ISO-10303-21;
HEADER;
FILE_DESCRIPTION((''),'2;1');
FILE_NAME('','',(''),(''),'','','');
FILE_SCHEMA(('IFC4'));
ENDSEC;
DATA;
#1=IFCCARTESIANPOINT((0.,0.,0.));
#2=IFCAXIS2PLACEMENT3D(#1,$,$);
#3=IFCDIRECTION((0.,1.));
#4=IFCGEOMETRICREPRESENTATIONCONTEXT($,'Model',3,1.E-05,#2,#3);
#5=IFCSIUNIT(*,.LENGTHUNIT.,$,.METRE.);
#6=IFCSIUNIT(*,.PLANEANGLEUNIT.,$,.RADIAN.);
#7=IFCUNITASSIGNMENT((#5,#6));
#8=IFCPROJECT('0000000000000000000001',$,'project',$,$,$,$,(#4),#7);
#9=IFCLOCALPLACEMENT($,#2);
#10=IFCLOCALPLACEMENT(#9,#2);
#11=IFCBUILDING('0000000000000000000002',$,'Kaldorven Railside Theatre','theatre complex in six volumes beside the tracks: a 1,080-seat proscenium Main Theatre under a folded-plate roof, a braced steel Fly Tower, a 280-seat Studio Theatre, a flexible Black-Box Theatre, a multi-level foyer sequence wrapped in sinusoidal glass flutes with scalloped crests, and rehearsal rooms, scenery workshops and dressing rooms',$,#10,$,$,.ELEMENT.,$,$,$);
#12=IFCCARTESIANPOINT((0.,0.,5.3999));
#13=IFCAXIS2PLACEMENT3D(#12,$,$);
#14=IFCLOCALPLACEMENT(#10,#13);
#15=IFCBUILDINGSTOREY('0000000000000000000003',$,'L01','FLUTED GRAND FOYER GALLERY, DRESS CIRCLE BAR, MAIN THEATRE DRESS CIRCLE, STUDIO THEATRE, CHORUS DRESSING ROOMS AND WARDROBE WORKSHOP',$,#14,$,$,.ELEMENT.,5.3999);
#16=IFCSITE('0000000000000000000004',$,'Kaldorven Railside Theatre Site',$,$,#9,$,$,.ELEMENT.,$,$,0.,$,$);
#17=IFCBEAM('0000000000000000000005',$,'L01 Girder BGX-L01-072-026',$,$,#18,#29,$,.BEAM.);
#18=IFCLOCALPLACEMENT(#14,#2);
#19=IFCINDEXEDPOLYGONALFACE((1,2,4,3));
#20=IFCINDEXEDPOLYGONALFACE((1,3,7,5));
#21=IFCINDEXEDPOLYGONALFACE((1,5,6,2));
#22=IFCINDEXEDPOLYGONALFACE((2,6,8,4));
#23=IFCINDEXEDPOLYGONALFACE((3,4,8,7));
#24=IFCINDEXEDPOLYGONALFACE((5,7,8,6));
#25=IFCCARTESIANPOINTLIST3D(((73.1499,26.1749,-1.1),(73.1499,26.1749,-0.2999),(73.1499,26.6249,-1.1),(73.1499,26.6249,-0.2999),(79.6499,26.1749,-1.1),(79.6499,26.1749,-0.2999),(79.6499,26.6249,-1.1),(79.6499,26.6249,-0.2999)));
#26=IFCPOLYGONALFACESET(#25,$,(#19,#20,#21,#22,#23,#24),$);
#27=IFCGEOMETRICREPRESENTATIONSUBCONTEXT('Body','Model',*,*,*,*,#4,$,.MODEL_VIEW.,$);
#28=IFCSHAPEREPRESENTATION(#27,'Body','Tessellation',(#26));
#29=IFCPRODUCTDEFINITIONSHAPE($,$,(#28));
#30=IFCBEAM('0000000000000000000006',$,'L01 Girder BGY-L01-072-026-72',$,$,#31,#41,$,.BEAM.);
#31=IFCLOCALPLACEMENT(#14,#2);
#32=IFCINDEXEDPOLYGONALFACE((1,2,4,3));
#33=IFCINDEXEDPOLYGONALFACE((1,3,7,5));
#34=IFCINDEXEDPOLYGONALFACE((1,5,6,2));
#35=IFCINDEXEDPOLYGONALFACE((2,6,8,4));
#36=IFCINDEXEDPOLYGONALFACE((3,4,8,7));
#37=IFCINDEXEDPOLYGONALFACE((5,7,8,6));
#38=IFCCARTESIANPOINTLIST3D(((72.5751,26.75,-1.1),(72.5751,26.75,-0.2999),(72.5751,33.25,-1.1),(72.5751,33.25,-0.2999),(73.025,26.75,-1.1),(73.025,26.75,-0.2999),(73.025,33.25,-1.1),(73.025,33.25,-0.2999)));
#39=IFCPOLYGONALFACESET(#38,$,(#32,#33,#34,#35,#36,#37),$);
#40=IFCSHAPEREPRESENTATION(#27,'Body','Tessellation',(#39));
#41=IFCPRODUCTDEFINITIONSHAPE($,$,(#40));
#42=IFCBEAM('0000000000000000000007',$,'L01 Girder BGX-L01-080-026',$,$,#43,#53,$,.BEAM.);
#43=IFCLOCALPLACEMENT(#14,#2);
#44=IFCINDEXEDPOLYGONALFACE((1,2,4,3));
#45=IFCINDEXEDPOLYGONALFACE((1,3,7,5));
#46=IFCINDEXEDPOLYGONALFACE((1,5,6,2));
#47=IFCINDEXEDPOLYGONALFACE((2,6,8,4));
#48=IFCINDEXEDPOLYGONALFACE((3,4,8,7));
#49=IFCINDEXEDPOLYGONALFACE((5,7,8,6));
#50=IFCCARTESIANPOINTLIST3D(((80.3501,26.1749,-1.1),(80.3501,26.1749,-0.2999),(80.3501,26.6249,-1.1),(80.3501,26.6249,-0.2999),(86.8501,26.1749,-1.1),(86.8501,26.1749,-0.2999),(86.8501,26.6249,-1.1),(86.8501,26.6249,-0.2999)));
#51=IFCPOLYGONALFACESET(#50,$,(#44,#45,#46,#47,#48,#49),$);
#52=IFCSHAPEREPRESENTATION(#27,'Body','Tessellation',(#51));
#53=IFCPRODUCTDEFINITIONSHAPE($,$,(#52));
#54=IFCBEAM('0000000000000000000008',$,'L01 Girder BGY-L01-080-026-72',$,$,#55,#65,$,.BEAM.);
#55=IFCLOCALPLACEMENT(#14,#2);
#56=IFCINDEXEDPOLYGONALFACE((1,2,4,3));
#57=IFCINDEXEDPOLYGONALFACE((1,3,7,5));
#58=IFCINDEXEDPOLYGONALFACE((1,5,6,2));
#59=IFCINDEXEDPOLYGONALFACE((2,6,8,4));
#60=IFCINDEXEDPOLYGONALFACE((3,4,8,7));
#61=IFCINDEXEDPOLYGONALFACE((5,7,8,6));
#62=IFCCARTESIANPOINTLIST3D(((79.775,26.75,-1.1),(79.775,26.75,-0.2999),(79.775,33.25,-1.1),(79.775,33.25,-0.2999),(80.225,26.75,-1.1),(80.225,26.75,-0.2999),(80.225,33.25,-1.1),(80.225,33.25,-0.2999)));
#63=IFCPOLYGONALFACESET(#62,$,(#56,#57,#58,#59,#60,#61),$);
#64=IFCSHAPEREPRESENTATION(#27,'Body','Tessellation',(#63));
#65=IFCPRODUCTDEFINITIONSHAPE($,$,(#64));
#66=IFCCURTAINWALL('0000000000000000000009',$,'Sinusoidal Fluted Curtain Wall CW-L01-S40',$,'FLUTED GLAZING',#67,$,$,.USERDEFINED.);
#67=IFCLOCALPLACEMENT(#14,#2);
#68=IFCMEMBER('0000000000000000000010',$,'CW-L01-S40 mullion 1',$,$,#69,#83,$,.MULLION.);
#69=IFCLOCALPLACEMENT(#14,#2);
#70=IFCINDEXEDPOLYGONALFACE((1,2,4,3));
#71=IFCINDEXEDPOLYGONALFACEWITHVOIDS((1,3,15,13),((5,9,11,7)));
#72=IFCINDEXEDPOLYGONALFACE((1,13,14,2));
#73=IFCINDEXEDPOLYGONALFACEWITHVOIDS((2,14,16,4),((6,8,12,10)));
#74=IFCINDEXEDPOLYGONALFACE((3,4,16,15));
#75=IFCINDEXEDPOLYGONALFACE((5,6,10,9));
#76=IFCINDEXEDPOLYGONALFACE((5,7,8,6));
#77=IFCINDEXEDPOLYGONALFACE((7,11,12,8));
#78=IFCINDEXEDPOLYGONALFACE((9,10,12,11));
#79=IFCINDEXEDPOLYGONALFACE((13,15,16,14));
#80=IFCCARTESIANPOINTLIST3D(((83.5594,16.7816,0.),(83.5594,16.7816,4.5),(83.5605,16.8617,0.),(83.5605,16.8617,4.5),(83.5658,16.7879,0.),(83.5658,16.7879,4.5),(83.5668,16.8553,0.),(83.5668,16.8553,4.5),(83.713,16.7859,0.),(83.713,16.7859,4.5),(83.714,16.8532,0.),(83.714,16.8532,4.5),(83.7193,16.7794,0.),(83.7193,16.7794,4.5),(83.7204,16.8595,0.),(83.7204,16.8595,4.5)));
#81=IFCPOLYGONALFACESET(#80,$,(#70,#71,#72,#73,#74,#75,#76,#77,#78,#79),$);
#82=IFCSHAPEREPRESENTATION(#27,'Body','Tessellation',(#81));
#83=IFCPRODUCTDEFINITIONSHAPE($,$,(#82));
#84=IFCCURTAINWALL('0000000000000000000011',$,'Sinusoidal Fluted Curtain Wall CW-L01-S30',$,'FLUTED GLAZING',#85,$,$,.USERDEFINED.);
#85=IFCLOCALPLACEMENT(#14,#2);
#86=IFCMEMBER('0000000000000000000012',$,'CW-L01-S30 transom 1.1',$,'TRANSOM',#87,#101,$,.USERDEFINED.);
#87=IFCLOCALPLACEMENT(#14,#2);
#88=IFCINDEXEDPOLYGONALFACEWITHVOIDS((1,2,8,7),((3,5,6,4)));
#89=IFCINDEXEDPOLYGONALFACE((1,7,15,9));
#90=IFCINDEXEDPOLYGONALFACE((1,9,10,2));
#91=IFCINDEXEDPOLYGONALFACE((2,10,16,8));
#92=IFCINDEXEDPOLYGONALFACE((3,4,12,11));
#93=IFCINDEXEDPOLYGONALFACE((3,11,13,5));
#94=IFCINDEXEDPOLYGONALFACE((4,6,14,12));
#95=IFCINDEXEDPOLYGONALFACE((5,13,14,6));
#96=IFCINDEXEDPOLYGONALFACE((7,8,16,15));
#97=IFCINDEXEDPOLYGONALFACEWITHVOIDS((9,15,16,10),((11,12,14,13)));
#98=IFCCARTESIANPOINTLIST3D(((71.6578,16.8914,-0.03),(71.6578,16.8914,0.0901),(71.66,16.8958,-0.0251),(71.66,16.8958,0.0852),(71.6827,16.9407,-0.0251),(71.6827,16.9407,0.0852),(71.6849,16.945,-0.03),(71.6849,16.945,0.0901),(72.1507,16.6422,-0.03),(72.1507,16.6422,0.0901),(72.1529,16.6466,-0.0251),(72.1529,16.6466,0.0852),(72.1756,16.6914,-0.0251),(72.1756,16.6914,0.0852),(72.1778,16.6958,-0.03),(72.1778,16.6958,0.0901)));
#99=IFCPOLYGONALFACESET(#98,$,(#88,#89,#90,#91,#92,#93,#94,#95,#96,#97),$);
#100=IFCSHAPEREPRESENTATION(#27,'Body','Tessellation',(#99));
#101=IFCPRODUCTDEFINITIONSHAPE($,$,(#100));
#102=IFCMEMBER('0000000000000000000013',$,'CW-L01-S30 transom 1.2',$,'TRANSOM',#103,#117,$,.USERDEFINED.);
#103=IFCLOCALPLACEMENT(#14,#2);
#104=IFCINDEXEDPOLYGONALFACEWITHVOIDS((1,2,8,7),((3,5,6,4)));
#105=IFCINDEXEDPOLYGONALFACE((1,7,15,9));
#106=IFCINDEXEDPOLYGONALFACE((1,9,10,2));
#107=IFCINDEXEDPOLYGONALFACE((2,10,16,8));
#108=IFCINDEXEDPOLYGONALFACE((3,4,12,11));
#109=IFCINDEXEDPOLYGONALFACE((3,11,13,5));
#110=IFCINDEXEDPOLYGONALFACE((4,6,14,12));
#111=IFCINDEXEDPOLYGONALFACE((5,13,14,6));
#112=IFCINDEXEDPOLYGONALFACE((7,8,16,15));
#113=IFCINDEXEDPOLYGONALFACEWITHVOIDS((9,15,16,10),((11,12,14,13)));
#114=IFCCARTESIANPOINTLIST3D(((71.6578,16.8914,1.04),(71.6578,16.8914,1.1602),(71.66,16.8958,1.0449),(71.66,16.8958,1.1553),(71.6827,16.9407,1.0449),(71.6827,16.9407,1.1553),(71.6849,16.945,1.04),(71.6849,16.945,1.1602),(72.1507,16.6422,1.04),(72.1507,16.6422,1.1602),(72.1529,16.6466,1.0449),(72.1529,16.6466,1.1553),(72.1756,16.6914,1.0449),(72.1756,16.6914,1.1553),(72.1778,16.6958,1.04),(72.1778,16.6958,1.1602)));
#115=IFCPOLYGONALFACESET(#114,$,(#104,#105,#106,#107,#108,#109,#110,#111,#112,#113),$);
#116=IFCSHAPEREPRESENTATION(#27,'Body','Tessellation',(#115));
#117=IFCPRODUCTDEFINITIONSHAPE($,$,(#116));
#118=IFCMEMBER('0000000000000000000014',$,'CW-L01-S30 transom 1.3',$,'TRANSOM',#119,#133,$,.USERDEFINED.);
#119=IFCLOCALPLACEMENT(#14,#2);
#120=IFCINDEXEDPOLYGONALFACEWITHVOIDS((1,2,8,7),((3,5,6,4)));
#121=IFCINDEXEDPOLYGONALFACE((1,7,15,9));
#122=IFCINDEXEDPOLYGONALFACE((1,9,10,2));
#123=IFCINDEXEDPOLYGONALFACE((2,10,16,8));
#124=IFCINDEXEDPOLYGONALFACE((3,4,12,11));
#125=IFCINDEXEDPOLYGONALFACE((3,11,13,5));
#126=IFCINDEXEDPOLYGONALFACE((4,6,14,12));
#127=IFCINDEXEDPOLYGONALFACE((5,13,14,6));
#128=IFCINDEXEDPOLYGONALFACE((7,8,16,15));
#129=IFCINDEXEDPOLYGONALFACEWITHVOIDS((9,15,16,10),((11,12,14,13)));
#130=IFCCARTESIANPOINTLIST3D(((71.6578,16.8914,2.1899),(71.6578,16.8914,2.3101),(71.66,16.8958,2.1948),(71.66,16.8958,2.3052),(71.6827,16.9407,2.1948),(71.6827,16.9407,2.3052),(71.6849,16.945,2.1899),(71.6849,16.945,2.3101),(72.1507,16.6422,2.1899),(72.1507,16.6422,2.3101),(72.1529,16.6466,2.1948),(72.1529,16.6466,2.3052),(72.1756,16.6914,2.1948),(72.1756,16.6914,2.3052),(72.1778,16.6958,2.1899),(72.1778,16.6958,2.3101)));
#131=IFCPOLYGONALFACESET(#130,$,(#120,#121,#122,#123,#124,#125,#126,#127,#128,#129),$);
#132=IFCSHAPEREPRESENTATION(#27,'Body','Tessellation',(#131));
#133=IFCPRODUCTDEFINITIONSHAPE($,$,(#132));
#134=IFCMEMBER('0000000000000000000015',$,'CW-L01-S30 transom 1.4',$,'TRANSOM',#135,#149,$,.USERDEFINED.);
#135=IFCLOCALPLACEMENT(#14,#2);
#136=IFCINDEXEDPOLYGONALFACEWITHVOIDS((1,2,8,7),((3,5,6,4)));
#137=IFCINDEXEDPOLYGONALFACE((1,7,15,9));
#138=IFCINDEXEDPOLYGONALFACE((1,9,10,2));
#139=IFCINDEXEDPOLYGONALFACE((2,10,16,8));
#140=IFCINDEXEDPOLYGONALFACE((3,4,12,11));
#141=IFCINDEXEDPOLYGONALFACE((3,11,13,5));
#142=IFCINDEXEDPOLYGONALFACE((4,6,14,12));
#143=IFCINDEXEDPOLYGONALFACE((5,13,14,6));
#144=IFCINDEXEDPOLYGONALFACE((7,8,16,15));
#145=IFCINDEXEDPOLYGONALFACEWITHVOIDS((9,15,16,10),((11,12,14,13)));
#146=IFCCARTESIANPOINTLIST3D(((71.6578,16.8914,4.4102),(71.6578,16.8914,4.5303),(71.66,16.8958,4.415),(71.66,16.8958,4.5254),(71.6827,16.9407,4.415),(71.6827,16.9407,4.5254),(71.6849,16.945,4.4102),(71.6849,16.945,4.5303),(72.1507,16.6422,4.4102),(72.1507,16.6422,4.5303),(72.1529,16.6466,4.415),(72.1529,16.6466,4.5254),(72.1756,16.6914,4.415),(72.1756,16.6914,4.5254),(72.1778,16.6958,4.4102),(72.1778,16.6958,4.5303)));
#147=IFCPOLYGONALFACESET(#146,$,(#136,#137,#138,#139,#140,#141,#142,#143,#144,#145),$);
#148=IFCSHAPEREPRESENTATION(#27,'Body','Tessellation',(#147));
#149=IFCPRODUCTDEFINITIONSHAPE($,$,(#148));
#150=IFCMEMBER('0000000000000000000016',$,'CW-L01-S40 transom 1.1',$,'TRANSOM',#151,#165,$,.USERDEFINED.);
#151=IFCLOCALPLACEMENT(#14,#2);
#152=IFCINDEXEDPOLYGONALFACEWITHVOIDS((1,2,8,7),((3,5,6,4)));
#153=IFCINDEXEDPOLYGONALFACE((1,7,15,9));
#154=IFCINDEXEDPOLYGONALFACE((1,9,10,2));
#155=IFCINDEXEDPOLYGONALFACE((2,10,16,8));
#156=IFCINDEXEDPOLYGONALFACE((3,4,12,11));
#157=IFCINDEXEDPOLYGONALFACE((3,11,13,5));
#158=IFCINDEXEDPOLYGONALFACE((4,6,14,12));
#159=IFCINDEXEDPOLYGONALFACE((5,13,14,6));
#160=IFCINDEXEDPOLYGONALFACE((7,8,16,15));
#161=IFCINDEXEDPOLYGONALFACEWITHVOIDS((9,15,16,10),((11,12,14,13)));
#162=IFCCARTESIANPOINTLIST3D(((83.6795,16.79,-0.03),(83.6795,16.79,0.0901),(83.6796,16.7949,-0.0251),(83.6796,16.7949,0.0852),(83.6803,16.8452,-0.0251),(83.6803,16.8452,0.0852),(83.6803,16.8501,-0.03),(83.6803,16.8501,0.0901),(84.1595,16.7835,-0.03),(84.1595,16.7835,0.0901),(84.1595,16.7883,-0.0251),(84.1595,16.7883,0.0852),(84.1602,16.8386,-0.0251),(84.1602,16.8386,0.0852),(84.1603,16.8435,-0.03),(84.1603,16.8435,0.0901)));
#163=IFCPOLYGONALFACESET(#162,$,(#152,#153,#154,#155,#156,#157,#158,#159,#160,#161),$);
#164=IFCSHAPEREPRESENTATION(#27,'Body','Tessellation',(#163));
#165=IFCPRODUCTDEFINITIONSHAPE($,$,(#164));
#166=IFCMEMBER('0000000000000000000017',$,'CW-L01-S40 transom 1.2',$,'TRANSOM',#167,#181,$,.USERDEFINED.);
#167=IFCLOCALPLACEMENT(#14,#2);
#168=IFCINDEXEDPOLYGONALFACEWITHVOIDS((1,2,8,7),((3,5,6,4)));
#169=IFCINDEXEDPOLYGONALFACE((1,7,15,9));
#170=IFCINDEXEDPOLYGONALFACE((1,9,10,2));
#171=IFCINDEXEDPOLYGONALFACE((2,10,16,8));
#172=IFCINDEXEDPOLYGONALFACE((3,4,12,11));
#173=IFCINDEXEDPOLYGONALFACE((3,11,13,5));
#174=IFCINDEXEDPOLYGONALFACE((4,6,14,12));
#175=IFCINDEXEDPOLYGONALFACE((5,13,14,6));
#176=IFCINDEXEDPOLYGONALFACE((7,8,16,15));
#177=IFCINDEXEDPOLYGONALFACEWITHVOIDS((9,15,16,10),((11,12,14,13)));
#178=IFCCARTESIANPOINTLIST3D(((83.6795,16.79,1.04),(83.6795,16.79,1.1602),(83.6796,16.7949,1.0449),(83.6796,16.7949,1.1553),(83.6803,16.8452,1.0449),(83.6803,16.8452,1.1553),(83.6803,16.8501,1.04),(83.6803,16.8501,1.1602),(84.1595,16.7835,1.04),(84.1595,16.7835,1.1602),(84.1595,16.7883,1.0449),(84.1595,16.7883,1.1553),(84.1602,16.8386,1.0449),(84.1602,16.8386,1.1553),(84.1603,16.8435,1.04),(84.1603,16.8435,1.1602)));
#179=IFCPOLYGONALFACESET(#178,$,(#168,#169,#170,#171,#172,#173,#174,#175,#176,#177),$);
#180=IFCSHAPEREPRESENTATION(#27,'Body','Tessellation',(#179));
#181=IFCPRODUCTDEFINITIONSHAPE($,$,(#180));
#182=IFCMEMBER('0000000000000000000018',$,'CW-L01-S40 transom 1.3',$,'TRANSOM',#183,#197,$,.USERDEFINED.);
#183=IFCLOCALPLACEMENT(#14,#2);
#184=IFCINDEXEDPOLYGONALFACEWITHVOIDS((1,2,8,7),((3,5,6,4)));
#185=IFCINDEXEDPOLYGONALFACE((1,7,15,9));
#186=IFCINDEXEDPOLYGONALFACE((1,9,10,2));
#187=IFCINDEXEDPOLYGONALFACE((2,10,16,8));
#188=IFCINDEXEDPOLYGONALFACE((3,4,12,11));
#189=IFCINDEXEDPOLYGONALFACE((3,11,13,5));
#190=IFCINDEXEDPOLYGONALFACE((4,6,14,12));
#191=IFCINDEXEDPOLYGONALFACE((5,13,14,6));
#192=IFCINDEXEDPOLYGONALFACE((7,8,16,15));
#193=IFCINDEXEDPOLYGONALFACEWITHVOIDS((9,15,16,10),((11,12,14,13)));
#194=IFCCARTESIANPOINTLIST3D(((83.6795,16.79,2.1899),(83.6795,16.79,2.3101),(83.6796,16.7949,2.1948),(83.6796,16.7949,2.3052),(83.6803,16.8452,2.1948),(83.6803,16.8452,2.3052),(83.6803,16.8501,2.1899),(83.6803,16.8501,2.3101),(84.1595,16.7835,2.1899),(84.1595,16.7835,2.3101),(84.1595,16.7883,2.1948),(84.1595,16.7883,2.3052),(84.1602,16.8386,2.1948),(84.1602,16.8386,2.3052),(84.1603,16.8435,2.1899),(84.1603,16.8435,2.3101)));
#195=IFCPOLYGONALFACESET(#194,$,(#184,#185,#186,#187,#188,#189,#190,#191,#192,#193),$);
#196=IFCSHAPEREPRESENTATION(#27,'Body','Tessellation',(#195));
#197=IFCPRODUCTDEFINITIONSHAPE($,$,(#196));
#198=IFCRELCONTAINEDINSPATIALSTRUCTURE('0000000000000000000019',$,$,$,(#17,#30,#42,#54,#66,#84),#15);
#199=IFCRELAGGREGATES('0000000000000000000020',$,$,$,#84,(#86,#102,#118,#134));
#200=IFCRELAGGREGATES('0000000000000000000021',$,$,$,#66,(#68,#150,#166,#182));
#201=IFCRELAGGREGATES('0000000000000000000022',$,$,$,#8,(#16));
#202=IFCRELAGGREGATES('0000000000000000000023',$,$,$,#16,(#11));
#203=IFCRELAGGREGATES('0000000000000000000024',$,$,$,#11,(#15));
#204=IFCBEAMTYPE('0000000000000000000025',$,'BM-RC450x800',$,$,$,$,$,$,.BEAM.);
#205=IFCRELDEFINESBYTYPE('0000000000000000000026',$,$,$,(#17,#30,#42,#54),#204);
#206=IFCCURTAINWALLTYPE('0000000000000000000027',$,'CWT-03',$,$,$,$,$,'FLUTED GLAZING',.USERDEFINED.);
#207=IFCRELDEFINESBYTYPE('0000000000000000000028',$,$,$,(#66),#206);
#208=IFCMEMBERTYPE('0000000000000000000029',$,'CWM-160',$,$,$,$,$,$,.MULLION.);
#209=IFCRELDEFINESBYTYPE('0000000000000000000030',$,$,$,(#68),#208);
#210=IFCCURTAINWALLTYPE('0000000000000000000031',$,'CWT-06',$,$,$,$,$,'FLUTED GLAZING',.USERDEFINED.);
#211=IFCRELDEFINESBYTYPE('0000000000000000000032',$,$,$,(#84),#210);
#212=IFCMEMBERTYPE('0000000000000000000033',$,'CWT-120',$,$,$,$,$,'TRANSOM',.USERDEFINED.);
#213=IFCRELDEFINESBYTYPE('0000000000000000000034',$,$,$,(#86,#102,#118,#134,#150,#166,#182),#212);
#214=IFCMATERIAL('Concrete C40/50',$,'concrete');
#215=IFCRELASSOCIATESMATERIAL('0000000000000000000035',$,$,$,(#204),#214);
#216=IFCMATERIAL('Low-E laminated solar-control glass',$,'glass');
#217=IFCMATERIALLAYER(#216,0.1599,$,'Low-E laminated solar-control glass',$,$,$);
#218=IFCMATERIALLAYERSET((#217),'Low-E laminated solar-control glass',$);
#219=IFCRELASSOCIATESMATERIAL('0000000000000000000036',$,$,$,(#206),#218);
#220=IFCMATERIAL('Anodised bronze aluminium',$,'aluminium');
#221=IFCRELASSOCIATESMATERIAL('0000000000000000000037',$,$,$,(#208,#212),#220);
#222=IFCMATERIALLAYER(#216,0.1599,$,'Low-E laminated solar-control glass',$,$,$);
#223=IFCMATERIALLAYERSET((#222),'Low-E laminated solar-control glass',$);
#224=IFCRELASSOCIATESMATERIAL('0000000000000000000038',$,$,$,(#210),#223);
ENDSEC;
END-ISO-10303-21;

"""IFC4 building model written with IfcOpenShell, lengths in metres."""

from ifc_helpers import new_model, si_unit, direction, frame, origin, origin_2d, place, context, subcontext, project, spatial, rectangle, hollow_rectangle, extrude, material, layer, layer_set, material_profile, profile_set, type_object, element, aggregate, save


model = new_model("IFC4")

# Units and contexts
model_context = context("Model", 3, precision=1e-05, world=origin(), true_north=direction((0.0, 1.0)))
body_context = subcontext(model_context, "Body", "Model", "MODEL_VIEW")
ifc_project = project(units=[si_unit("LENGTHUNIT", "METRE"), si_unit("PLANEANGLEUNIT", "RADIAN")], contexts=[model_context])

# Site, building, storey
site_placement = place(None, origin())
site = spatial("IfcSite", under=ifc_project, at=site_placement, Name="Kaldorven Railside Theatre Site", CompositionType="ELEMENT", RefElevation=0.0)
building_placement = place(site_placement, origin())
building = spatial("IfcBuilding", under=site, at=building_placement, Name="Kaldorven Railside Theatre", Description="theatre complex in six volumes beside the tracks: a 1,080-seat proscenium Main Theatre under a folded-plate roof, a braced steel Fly Tower, a 280-seat Studio Theatre, a flexible Black-Box Theatre, a multi-level foyer sequence wrapped in sinusoidal glass flutes with scalloped crests, and rehearsal rooms, scenery workshops and dressing rooms", CompositionType="ELEMENT")
storey_placement = place(building_placement, frame((0.0, 0.0, 5.3999)))
storey = spatial("IfcBuildingStorey", under=building, at=storey_placement, Name="L01", Description="FLUTED GRAND FOYER GALLERY, DRESS CIRCLE BAR, MAIN THEATRE DRESS CIRCLE, STUDIO THEATRE, CHORUS DRESSING ROOMS AND WARDROBE WORKSHOP", CompositionType="ELEMENT", Elevation=5.3999)

# Shared definitions
ifc_material_1 = material(Name="Concrete C40/50", Category="concrete")

# Beams
ifc_material_profile_1 = material_profile(ifc_material_1, rectangle(XDim=0.45, YDim=0.8, at=origin_2d()), Name="RC 450x800")
ifc_profile_set_1 = profile_set([ifc_material_profile_1], Name="Concrete C40/50")
beam_type_1 = type_object("IfcBeamType", Name="BM-RC450x800", PredefinedType="BEAM", material=ifc_profile_set_1)
for number, where, z_axis, x_axis, name in (
    (1, (73.1499, 26.3999, -0.7), (1.0, 0.0, 0.0), (0.0, 1.0, 0.0), "L01 Girder BGX-L01-072-026"),
    (2, (72.8, 26.75, -0.7), (0.0, 1.0, 0.0), (-1.0, 0.0, 0.0), "L01 Girder BGY-L01-072-026-72"),
    (3, (80.3501, 26.3999, -0.7), (1.0, 0.0, 0.0), (0.0, 1.0, 0.0), "L01 Girder BGX-L01-080-026"),
    (4, (80.0, 26.75, -0.7), (0.0, 1.0, 0.0), (-1.0, 0.0, 0.0), "L01 Girder BGY-L01-080-026-72"),
):
    element("IfcBeam", number, at=place(storey_placement, frame(where, z_axis=z_axis, x_axis=x_axis)), inside=storey, type_object=beam_type_1, Name=name, PredefinedType="BEAM", context=body_context, shape_type="SweptSolid", body=[
        extrude(rectangle(XDim=0.45, YDim=0.8, at=origin_2d()), origin(), (0.0, 0.0, 1.0), 6.5),
    ])

# Curtain wall, member
ifc_material_2 = material(Name="Low-E laminated solar-control glass", Category="glass")
ifc_layer_1 = layer(ifc_material_2, 0.1599, Name="Low-E laminated solar-control glass")
ifc_layer_set_1 = layer_set([ifc_layer_1], Name="Low-E laminated solar-control glass")
curtain_wall_type_1 = type_object("IfcCurtainWallType", Name="CWT-03", ElementType="FLUTED GLAZING", PredefinedType="USERDEFINED", material=ifc_layer_set_1)
curtain_wall_1_placement = place(storey_placement, origin())
curtain_wall_1 = element("IfcCurtainWall", 5, at=curtain_wall_1_placement, inside=storey, type_object=curtain_wall_type_1, Name="Sinusoidal Fluted Curtain Wall CW-L01-S40", ObjectType="FLUTED GLAZING", PredefinedType="USERDEFINED")
ifc_material_3 = material(Name="Anodised bronze aluminium", Category="aluminium")
ifc_material_profile_2 = material_profile(ifc_material_3, hollow_rectangle(XDim=0.0801, YDim=0.1599, WallThickness=0.0063, at=origin_2d()), Name="RHS 160x80x6.3")
ifc_profile_set_2 = profile_set([ifc_material_profile_2], Name="Anodised bronze aluminium")
member_type_1 = type_object("IfcMemberType", Name="CWM-160", PredefinedType="MULLION", material=ifc_profile_set_2)
member_1_placement = place(storey_placement, frame((83.6399, 16.8206, 0.0), z_axis=(0.0, 0.0, 1.0), x_axis=(0.013832, 0.999904, 0.0)))
member_1 = element("IfcMember", 6, at=member_1_placement, type_object=member_type_1, Name="CW-L01-S40 mullion 1", PredefinedType="MULLION", context=body_context, shape_type="SweptSolid", body=[
    extrude(hollow_rectangle(XDim=0.0801, YDim=0.1599, WallThickness=0.0063, at=origin_2d()), origin(), (0.0, 0.0, 1.0), 4.5),
])

# Curtain wall, members
ifc_layer_2 = layer(ifc_material_2, 0.1599, Name="Low-E laminated solar-control glass")
ifc_layer_set_2 = layer_set([ifc_layer_2], Name="Low-E laminated solar-control glass")
curtain_wall_type_2 = type_object("IfcCurtainWallType", Name="CWT-06", ElementType="FLUTED GLAZING", PredefinedType="USERDEFINED", material=ifc_layer_set_2)
curtain_wall_2_placement = place(storey_placement, origin())
curtain_wall_2 = element("IfcCurtainWall", 7, at=curtain_wall_2_placement, inside=storey, type_object=curtain_wall_type_2, Name="Sinusoidal Fluted Curtain Wall CW-L01-S30", ObjectType="FLUTED GLAZING", PredefinedType="USERDEFINED")
ifc_material_profile_3 = material_profile(ifc_material_3, hollow_rectangle(XDim=0.0601, YDim=0.1201, WallThickness=0.0049, at=origin_2d()), Name="RHS 120x60x5")
ifc_profile_set_3 = profile_set([ifc_material_profile_3], Name="Anodised bronze aluminium")
member_type_2 = type_object("IfcMemberType", Name="CWT-120", ElementType="TRANSOM", PredefinedType="USERDEFINED", material=ifc_profile_set_3)
member_2_placement = place(storey_placement, frame((71.6714, 16.9182, 0.03), z_axis=(0.892385, -0.451275, 0.0), x_axis=(0.451275, 0.892385, 0.0)))
member_2 = element("IfcMember", 8, at=member_2_placement, type_object=member_type_2, Name="CW-L01-S30 transom 1.1", ObjectType="TRANSOM", PredefinedType="USERDEFINED", context=body_context, shape_type="SweptSolid", body=[
    extrude(hollow_rectangle(XDim=0.0601, YDim=0.1201, WallThickness=0.0049, at=origin_2d()), origin(), (0.0, 0.0, 1.0), 0.5522),
])
member_3_placement = place(storey_placement, frame((71.6714, 16.9182, 1.1001), z_axis=(0.892385, -0.451275, 0.0), x_axis=(0.451275, 0.892385, 0.0)))
member_3 = element("IfcMember", 9, at=member_3_placement, type_object=member_type_2, Name="CW-L01-S30 transom 1.2", ObjectType="TRANSOM", PredefinedType="USERDEFINED", context=body_context, shape_type="SweptSolid", body=[
    extrude(hollow_rectangle(XDim=0.0601, YDim=0.1201, WallThickness=0.0049, at=origin_2d()), origin(), (0.0, 0.0, 1.0), 0.5522),
])
member_4_placement = place(storey_placement, frame((71.6714, 16.9182, 2.25), z_axis=(0.892385, -0.451275, 0.0), x_axis=(0.451275, 0.892385, 0.0)))
member_4 = element("IfcMember", 10, at=member_4_placement, type_object=member_type_2, Name="CW-L01-S30 transom 1.3", ObjectType="TRANSOM", PredefinedType="USERDEFINED", context=body_context, shape_type="SweptSolid", body=[
    extrude(hollow_rectangle(XDim=0.0601, YDim=0.1201, WallThickness=0.0049, at=origin_2d()), origin(), (0.0, 0.0, 1.0), 0.5522),
])
member_5_placement = place(storey_placement, frame((71.6714, 16.9182, 4.4702), z_axis=(0.892385, -0.451275, 0.0), x_axis=(0.451275, 0.892385, 0.0)))
member_5 = element("IfcMember", 11, at=member_5_placement, type_object=member_type_2, Name="CW-L01-S30 transom 1.4", ObjectType="TRANSOM", PredefinedType="USERDEFINED", context=body_context, shape_type="SweptSolid", body=[
    extrude(hollow_rectangle(XDim=0.0601, YDim=0.1201, WallThickness=0.0049, at=origin_2d()), origin(), (0.0, 0.0, 1.0), 0.5522),
])
aggregate(curtain_wall_2, [member_2, member_3, member_4, member_5])

# Members
member_6_placement = place(storey_placement, frame((83.6799, 16.8201, 0.03), z_axis=(0.999906, -0.013732, 0.0), x_axis=(0.013732, 0.999906, 0.0)))
member_6 = element("IfcMember", 12, at=member_6_placement, type_object=member_type_2, Name="CW-L01-S40 transom 1.1", ObjectType="TRANSOM", PredefinedType="USERDEFINED", context=body_context, shape_type="SweptSolid", body=[
    extrude(hollow_rectangle(XDim=0.0601, YDim=0.1201, WallThickness=0.0049, at=origin_2d()), origin(), (0.0, 0.0, 1.0), 0.48),
])
member_7_placement = place(storey_placement, frame((83.6799, 16.8201, 1.1001), z_axis=(0.999906, -0.013732, 0.0), x_axis=(0.013732, 0.999906, 0.0)))
member_7 = element("IfcMember", 13, at=member_7_placement, type_object=member_type_2, Name="CW-L01-S40 transom 1.2", ObjectType="TRANSOM", PredefinedType="USERDEFINED", context=body_context, shape_type="SweptSolid", body=[
    extrude(hollow_rectangle(XDim=0.0601, YDim=0.1201, WallThickness=0.0049, at=origin_2d()), origin(), (0.0, 0.0, 1.0), 0.48),
])
member_8_placement = place(storey_placement, frame((83.6799, 16.8201, 2.25), z_axis=(0.999906, -0.013732, 0.0), x_axis=(0.013732, 0.999906, 0.0)))
member_8 = element("IfcMember", 14, at=member_8_placement, type_object=member_type_2, Name="CW-L01-S40 transom 1.3", ObjectType="TRANSOM", PredefinedType="USERDEFINED", context=body_context, shape_type="SweptSolid", body=[
    extrude(hollow_rectangle(XDim=0.0601, YDim=0.1201, WallThickness=0.0049, at=origin_2d()), origin(), (0.0, 0.0, 1.0), 0.48),
])

aggregate(curtain_wall_1, [member_1, member_6, member_7, member_8])

save(model, "model.ifc")
